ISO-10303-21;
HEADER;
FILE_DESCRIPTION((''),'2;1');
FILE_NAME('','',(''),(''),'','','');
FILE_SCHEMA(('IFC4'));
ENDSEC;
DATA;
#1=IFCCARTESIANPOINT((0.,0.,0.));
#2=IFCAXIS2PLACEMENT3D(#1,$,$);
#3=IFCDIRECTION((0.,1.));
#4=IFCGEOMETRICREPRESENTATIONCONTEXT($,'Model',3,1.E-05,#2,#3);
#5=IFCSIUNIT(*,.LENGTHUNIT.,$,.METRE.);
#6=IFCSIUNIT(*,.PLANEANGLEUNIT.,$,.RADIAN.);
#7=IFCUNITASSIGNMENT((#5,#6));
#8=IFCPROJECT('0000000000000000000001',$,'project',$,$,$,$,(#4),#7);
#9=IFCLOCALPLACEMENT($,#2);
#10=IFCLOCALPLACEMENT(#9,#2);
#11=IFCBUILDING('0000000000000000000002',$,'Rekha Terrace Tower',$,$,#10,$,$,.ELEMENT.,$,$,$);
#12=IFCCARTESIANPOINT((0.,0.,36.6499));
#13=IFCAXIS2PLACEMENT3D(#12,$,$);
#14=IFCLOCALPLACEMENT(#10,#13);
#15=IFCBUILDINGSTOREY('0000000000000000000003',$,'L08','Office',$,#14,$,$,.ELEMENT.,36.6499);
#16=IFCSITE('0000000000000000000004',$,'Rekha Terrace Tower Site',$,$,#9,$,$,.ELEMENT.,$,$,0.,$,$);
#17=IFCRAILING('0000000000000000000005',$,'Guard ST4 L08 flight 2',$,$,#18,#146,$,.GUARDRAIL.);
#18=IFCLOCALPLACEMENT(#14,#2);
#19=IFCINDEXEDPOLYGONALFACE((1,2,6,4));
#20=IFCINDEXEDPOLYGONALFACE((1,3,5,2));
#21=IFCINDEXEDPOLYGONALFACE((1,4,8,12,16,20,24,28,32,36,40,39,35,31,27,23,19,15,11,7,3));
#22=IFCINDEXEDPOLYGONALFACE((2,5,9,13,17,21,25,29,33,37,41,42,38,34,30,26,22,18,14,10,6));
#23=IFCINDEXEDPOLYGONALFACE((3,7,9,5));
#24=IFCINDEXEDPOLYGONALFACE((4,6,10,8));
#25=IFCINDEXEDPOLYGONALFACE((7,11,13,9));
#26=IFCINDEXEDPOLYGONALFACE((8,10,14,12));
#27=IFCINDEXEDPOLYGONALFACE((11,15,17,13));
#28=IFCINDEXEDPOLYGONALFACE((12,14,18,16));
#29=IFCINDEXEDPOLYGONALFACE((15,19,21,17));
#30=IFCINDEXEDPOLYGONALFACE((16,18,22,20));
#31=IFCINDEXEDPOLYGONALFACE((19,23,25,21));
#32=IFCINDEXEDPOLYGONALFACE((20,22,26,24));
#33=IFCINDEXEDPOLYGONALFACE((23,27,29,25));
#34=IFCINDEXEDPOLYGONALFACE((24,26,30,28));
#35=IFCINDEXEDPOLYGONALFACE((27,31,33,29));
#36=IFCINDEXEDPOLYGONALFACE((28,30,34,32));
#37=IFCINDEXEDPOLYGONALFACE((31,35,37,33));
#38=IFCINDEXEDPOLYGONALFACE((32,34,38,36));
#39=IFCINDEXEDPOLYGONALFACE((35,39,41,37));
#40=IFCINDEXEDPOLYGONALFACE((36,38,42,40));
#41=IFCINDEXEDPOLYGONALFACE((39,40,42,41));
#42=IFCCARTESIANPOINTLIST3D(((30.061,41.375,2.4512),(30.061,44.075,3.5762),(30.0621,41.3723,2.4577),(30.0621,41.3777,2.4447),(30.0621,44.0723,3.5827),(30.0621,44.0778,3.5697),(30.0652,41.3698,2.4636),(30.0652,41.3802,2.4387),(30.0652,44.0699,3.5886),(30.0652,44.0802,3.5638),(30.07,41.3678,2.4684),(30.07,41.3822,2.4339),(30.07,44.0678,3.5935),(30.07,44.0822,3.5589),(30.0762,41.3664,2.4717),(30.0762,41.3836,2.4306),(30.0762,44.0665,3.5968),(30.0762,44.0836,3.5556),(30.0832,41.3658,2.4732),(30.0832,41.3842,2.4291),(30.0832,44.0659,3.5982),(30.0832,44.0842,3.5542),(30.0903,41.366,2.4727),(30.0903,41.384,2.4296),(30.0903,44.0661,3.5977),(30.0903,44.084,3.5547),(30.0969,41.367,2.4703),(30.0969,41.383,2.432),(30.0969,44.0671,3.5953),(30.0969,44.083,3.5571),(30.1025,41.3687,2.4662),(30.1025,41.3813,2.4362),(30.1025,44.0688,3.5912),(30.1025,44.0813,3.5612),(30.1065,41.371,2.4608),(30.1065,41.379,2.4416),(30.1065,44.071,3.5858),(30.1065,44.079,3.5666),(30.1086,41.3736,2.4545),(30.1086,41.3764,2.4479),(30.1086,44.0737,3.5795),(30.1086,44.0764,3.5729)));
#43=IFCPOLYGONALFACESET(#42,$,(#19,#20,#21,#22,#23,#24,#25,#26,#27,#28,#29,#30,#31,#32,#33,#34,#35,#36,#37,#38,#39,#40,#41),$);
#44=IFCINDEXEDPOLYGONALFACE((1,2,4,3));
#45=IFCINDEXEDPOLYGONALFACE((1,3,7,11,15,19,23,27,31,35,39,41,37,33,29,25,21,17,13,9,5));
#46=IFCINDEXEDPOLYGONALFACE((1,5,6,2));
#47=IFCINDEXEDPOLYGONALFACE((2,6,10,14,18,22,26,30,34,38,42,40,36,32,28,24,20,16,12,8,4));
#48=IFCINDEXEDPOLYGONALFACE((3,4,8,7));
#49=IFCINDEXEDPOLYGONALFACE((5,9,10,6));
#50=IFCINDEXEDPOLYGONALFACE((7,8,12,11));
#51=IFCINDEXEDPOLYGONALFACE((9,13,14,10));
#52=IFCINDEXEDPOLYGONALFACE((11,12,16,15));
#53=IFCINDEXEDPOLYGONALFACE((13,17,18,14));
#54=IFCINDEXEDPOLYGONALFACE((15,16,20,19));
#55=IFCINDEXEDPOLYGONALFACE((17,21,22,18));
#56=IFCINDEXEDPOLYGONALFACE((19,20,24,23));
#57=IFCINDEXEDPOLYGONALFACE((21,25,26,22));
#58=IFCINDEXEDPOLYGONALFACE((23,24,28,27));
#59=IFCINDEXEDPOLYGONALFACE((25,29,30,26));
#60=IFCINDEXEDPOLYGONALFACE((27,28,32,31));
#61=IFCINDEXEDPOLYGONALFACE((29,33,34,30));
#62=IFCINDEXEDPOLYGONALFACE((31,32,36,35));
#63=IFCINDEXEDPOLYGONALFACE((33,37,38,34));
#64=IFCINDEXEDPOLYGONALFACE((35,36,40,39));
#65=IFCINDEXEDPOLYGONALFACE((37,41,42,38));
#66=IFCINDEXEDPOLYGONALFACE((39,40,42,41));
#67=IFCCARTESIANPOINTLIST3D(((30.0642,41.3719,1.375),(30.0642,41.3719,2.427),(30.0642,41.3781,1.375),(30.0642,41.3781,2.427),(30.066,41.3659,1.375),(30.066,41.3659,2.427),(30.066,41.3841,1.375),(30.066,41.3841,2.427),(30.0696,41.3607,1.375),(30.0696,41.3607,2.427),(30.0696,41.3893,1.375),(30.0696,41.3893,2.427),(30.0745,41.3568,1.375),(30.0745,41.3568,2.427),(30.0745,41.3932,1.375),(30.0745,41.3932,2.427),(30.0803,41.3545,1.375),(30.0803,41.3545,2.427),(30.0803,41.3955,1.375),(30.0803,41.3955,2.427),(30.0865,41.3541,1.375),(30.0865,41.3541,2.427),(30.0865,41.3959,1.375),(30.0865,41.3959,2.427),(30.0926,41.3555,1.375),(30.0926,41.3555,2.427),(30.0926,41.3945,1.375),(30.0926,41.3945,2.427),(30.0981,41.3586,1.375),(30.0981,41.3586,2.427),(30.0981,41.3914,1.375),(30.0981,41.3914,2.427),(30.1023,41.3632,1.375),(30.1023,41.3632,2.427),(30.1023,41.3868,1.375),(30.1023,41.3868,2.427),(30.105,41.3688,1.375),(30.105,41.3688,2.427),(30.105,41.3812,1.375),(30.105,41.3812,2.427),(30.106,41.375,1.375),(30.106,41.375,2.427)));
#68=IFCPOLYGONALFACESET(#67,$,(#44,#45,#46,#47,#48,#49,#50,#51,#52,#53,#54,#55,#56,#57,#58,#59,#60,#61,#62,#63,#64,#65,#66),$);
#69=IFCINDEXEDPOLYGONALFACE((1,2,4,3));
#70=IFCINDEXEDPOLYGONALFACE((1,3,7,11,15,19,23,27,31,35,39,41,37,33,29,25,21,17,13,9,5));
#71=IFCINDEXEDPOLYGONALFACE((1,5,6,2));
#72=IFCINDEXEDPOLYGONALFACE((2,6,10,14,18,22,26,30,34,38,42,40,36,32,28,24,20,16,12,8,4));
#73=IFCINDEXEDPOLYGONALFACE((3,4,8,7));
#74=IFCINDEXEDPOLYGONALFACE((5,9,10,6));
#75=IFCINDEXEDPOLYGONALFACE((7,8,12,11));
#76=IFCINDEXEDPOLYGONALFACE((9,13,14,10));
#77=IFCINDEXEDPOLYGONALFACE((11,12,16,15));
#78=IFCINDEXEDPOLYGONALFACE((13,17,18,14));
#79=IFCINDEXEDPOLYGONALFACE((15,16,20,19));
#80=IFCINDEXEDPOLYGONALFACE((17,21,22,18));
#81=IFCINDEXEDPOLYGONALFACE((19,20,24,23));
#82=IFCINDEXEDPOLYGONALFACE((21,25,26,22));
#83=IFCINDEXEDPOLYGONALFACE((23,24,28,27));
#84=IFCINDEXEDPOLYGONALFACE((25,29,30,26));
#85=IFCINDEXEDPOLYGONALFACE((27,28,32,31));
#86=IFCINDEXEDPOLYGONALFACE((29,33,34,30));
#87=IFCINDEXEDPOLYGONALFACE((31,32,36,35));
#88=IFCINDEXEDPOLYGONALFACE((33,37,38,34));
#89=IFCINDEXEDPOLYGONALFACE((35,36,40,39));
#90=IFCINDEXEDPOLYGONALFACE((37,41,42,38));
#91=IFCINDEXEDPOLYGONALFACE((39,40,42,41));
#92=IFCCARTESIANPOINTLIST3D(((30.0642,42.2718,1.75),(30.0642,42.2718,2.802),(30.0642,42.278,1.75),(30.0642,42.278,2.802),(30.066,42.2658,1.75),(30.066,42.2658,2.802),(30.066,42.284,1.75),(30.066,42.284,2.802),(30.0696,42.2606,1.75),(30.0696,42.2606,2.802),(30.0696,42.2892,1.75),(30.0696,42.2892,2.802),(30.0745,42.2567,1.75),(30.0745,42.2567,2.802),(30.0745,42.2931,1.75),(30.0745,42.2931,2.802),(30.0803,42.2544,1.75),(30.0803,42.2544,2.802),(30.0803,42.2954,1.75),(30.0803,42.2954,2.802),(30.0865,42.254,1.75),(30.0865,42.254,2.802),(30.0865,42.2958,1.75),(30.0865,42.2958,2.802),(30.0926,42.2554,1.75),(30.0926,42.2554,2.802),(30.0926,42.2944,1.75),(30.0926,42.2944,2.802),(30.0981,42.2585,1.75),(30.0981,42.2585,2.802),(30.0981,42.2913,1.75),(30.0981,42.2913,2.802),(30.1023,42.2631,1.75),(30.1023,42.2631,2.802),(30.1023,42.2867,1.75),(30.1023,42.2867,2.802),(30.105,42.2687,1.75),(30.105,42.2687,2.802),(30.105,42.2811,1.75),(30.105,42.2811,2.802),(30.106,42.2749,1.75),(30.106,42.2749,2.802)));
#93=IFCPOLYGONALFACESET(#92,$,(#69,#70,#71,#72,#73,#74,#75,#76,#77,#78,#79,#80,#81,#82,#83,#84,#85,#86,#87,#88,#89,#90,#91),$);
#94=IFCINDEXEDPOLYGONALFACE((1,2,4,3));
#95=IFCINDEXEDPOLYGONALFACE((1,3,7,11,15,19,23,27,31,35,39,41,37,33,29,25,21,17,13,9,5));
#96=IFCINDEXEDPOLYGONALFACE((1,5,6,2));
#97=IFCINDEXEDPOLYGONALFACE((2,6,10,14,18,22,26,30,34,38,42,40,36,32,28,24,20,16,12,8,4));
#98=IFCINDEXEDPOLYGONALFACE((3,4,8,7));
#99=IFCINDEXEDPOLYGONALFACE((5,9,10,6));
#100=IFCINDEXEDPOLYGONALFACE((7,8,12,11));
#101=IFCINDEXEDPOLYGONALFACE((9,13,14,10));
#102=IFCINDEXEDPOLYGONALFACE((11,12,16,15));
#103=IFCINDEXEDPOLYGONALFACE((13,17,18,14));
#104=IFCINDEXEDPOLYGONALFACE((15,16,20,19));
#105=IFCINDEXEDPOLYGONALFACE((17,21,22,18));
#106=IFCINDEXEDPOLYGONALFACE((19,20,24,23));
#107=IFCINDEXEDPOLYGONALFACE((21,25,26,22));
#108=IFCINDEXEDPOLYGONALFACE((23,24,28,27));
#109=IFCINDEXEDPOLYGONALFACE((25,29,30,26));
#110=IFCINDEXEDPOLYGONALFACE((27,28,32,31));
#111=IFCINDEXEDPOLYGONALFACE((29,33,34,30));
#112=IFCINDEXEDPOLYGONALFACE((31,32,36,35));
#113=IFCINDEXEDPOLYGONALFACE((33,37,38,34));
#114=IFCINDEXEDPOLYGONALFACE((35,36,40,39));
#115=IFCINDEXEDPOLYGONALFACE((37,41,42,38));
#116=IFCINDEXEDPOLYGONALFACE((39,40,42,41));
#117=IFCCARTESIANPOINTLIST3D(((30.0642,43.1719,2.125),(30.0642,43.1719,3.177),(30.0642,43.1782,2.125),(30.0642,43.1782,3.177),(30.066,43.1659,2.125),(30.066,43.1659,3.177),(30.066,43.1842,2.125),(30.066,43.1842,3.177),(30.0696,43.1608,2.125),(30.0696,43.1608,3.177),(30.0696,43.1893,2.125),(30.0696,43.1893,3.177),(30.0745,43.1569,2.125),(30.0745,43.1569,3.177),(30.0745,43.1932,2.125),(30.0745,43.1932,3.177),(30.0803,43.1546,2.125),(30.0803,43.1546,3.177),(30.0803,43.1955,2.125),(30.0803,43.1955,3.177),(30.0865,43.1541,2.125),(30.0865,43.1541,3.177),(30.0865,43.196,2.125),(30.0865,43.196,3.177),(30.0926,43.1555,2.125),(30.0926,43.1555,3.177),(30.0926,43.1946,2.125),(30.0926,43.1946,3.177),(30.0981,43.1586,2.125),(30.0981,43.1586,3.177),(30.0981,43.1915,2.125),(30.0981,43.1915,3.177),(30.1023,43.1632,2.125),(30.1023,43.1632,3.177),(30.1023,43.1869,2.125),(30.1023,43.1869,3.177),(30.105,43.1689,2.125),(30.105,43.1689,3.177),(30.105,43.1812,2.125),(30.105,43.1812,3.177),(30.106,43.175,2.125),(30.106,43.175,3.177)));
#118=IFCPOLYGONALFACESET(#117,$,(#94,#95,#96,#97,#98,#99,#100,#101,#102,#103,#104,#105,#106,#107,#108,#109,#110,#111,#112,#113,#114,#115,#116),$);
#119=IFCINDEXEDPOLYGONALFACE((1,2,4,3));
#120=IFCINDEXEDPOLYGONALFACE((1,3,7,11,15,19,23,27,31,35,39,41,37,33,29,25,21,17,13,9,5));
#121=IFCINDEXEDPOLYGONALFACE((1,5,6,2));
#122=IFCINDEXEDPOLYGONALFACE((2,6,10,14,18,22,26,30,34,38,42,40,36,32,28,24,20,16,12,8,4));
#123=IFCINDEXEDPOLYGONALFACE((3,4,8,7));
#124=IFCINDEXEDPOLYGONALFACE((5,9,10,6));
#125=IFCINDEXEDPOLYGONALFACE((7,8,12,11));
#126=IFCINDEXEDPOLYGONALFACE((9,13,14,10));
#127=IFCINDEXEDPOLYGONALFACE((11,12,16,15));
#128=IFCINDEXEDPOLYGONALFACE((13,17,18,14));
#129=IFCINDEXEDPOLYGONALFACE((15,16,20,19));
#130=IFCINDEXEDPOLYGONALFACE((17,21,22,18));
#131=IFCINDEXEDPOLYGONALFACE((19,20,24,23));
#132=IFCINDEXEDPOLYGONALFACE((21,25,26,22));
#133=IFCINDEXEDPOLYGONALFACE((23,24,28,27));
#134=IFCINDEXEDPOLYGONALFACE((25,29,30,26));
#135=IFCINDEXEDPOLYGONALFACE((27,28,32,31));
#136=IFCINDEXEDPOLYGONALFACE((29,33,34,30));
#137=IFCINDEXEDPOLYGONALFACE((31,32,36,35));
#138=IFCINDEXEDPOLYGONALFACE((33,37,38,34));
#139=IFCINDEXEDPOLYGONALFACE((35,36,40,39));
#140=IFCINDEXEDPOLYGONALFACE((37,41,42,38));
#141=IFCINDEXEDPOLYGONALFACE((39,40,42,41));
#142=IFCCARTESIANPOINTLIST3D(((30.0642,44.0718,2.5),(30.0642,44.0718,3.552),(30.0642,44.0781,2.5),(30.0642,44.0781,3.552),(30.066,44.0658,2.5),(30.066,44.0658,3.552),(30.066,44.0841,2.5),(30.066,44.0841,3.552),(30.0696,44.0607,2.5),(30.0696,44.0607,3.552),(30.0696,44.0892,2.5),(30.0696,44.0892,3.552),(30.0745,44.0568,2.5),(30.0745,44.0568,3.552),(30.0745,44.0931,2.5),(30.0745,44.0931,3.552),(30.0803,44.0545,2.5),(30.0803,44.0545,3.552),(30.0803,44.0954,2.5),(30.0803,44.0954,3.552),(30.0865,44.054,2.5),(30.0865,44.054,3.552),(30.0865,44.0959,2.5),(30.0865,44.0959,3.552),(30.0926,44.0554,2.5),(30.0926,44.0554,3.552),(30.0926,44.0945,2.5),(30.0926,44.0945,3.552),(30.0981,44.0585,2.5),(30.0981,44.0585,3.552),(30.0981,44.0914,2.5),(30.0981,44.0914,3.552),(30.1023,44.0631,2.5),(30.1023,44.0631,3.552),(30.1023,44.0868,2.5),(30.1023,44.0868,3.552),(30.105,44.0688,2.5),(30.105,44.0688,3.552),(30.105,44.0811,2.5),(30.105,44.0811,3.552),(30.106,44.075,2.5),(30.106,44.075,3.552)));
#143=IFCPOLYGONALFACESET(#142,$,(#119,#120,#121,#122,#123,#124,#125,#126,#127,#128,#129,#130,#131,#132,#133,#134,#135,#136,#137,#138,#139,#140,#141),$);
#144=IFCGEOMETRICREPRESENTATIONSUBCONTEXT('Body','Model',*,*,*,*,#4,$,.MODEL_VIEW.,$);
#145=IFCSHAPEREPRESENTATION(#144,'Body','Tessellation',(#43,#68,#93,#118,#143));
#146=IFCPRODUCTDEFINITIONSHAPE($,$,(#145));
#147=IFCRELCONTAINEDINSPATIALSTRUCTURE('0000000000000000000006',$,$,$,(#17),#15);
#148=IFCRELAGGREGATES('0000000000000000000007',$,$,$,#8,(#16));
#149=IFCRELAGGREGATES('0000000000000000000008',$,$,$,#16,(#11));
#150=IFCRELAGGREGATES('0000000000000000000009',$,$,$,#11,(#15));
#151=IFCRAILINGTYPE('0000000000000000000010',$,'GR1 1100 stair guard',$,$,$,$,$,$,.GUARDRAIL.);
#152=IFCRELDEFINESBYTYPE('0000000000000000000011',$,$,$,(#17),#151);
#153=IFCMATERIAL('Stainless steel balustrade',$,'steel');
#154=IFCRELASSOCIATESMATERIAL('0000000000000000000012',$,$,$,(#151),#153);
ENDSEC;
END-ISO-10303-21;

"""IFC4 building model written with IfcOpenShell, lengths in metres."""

from ifc_helpers import new_model, si_unit, direction, frame, origin, origin_2d, place, context, subcontext, project, spatial, circle, extrude, material, type_object, element, save


model = new_model("IFC4")

# Units and contexts
model_context = context("Model", 3, precision=1e-05, world=origin(), true_north=direction((0.0, 1.0)))
body_context = subcontext(model_context, "Body", "Model", "MODEL_VIEW")
ifc_project = project(units=[si_unit("LENGTHUNIT", "METRE"), si_unit("PLANEANGLEUNIT", "RADIAN")], contexts=[model_context])

# Site, building, storey
site_placement = place(None, origin())
site = spatial("IfcSite", under=ifc_project, at=site_placement, Name="Rekha Terrace Tower Site", CompositionType="ELEMENT", RefElevation=0.0)
building_placement = place(site_placement, origin())
building = spatial("IfcBuilding", under=site, at=building_placement, Name="Rekha Terrace Tower", CompositionType="ELEMENT")
storey_placement = place(building_placement, frame((0.0, 0.0, 36.6499)))
storey = spatial("IfcBuildingStorey", under=building, at=storey_placement, Name="L08", Description="Office", CompositionType="ELEMENT", Elevation=36.6499)

# Railing
ifc_material_1 = material(Name="Stainless steel balustrade", Category="steel")
railing_type_1 = type_object("IfcRailingType", Name="GR1 1100 stair guard", PredefinedType="GUARDRAIL", material=ifc_material_1)
railing_1_placement = place(storey_placement, frame((30.085, 41.375, 1.375)))
element("IfcRailing", 1, at=railing_1_placement, inside=storey, type_object=railing_type_1, Name="Guard ST4 L08 flight 2", PredefinedType="GUARDRAIL", context=body_context, shape_type="SweptSolid", body=[
    extrude(circle(Radius=0.0239, at=origin_2d()), frame((0.0, 0.0, 1.0762), z_axis=(0.0, 0.923074, 0.384621), x_axis=(-1.0, 0.0, 0.0)), (0.0, 0.0, 1.0), 2.925),
    extrude(circle(Radius=0.021, at=origin_2d()), origin(), (0.0, 0.0, 1.0), 1.052),
    extrude(circle(Radius=0.021, at=origin_2d()), frame((0.0, 0.8999, 0.375)), (0.0, 0.0, 1.0), 1.052),
    extrude(circle(Radius=0.021, at=origin_2d()), frame((0.0, 1.8, 0.75)), (0.0, 0.0, 1.0), 1.052),
    extrude(circle(Radius=0.021, at=origin_2d()), frame((0.0, 2.7, 1.125)), (0.0, 0.0, 1.0), 1.052),
])

save(model, "model.ifc")
